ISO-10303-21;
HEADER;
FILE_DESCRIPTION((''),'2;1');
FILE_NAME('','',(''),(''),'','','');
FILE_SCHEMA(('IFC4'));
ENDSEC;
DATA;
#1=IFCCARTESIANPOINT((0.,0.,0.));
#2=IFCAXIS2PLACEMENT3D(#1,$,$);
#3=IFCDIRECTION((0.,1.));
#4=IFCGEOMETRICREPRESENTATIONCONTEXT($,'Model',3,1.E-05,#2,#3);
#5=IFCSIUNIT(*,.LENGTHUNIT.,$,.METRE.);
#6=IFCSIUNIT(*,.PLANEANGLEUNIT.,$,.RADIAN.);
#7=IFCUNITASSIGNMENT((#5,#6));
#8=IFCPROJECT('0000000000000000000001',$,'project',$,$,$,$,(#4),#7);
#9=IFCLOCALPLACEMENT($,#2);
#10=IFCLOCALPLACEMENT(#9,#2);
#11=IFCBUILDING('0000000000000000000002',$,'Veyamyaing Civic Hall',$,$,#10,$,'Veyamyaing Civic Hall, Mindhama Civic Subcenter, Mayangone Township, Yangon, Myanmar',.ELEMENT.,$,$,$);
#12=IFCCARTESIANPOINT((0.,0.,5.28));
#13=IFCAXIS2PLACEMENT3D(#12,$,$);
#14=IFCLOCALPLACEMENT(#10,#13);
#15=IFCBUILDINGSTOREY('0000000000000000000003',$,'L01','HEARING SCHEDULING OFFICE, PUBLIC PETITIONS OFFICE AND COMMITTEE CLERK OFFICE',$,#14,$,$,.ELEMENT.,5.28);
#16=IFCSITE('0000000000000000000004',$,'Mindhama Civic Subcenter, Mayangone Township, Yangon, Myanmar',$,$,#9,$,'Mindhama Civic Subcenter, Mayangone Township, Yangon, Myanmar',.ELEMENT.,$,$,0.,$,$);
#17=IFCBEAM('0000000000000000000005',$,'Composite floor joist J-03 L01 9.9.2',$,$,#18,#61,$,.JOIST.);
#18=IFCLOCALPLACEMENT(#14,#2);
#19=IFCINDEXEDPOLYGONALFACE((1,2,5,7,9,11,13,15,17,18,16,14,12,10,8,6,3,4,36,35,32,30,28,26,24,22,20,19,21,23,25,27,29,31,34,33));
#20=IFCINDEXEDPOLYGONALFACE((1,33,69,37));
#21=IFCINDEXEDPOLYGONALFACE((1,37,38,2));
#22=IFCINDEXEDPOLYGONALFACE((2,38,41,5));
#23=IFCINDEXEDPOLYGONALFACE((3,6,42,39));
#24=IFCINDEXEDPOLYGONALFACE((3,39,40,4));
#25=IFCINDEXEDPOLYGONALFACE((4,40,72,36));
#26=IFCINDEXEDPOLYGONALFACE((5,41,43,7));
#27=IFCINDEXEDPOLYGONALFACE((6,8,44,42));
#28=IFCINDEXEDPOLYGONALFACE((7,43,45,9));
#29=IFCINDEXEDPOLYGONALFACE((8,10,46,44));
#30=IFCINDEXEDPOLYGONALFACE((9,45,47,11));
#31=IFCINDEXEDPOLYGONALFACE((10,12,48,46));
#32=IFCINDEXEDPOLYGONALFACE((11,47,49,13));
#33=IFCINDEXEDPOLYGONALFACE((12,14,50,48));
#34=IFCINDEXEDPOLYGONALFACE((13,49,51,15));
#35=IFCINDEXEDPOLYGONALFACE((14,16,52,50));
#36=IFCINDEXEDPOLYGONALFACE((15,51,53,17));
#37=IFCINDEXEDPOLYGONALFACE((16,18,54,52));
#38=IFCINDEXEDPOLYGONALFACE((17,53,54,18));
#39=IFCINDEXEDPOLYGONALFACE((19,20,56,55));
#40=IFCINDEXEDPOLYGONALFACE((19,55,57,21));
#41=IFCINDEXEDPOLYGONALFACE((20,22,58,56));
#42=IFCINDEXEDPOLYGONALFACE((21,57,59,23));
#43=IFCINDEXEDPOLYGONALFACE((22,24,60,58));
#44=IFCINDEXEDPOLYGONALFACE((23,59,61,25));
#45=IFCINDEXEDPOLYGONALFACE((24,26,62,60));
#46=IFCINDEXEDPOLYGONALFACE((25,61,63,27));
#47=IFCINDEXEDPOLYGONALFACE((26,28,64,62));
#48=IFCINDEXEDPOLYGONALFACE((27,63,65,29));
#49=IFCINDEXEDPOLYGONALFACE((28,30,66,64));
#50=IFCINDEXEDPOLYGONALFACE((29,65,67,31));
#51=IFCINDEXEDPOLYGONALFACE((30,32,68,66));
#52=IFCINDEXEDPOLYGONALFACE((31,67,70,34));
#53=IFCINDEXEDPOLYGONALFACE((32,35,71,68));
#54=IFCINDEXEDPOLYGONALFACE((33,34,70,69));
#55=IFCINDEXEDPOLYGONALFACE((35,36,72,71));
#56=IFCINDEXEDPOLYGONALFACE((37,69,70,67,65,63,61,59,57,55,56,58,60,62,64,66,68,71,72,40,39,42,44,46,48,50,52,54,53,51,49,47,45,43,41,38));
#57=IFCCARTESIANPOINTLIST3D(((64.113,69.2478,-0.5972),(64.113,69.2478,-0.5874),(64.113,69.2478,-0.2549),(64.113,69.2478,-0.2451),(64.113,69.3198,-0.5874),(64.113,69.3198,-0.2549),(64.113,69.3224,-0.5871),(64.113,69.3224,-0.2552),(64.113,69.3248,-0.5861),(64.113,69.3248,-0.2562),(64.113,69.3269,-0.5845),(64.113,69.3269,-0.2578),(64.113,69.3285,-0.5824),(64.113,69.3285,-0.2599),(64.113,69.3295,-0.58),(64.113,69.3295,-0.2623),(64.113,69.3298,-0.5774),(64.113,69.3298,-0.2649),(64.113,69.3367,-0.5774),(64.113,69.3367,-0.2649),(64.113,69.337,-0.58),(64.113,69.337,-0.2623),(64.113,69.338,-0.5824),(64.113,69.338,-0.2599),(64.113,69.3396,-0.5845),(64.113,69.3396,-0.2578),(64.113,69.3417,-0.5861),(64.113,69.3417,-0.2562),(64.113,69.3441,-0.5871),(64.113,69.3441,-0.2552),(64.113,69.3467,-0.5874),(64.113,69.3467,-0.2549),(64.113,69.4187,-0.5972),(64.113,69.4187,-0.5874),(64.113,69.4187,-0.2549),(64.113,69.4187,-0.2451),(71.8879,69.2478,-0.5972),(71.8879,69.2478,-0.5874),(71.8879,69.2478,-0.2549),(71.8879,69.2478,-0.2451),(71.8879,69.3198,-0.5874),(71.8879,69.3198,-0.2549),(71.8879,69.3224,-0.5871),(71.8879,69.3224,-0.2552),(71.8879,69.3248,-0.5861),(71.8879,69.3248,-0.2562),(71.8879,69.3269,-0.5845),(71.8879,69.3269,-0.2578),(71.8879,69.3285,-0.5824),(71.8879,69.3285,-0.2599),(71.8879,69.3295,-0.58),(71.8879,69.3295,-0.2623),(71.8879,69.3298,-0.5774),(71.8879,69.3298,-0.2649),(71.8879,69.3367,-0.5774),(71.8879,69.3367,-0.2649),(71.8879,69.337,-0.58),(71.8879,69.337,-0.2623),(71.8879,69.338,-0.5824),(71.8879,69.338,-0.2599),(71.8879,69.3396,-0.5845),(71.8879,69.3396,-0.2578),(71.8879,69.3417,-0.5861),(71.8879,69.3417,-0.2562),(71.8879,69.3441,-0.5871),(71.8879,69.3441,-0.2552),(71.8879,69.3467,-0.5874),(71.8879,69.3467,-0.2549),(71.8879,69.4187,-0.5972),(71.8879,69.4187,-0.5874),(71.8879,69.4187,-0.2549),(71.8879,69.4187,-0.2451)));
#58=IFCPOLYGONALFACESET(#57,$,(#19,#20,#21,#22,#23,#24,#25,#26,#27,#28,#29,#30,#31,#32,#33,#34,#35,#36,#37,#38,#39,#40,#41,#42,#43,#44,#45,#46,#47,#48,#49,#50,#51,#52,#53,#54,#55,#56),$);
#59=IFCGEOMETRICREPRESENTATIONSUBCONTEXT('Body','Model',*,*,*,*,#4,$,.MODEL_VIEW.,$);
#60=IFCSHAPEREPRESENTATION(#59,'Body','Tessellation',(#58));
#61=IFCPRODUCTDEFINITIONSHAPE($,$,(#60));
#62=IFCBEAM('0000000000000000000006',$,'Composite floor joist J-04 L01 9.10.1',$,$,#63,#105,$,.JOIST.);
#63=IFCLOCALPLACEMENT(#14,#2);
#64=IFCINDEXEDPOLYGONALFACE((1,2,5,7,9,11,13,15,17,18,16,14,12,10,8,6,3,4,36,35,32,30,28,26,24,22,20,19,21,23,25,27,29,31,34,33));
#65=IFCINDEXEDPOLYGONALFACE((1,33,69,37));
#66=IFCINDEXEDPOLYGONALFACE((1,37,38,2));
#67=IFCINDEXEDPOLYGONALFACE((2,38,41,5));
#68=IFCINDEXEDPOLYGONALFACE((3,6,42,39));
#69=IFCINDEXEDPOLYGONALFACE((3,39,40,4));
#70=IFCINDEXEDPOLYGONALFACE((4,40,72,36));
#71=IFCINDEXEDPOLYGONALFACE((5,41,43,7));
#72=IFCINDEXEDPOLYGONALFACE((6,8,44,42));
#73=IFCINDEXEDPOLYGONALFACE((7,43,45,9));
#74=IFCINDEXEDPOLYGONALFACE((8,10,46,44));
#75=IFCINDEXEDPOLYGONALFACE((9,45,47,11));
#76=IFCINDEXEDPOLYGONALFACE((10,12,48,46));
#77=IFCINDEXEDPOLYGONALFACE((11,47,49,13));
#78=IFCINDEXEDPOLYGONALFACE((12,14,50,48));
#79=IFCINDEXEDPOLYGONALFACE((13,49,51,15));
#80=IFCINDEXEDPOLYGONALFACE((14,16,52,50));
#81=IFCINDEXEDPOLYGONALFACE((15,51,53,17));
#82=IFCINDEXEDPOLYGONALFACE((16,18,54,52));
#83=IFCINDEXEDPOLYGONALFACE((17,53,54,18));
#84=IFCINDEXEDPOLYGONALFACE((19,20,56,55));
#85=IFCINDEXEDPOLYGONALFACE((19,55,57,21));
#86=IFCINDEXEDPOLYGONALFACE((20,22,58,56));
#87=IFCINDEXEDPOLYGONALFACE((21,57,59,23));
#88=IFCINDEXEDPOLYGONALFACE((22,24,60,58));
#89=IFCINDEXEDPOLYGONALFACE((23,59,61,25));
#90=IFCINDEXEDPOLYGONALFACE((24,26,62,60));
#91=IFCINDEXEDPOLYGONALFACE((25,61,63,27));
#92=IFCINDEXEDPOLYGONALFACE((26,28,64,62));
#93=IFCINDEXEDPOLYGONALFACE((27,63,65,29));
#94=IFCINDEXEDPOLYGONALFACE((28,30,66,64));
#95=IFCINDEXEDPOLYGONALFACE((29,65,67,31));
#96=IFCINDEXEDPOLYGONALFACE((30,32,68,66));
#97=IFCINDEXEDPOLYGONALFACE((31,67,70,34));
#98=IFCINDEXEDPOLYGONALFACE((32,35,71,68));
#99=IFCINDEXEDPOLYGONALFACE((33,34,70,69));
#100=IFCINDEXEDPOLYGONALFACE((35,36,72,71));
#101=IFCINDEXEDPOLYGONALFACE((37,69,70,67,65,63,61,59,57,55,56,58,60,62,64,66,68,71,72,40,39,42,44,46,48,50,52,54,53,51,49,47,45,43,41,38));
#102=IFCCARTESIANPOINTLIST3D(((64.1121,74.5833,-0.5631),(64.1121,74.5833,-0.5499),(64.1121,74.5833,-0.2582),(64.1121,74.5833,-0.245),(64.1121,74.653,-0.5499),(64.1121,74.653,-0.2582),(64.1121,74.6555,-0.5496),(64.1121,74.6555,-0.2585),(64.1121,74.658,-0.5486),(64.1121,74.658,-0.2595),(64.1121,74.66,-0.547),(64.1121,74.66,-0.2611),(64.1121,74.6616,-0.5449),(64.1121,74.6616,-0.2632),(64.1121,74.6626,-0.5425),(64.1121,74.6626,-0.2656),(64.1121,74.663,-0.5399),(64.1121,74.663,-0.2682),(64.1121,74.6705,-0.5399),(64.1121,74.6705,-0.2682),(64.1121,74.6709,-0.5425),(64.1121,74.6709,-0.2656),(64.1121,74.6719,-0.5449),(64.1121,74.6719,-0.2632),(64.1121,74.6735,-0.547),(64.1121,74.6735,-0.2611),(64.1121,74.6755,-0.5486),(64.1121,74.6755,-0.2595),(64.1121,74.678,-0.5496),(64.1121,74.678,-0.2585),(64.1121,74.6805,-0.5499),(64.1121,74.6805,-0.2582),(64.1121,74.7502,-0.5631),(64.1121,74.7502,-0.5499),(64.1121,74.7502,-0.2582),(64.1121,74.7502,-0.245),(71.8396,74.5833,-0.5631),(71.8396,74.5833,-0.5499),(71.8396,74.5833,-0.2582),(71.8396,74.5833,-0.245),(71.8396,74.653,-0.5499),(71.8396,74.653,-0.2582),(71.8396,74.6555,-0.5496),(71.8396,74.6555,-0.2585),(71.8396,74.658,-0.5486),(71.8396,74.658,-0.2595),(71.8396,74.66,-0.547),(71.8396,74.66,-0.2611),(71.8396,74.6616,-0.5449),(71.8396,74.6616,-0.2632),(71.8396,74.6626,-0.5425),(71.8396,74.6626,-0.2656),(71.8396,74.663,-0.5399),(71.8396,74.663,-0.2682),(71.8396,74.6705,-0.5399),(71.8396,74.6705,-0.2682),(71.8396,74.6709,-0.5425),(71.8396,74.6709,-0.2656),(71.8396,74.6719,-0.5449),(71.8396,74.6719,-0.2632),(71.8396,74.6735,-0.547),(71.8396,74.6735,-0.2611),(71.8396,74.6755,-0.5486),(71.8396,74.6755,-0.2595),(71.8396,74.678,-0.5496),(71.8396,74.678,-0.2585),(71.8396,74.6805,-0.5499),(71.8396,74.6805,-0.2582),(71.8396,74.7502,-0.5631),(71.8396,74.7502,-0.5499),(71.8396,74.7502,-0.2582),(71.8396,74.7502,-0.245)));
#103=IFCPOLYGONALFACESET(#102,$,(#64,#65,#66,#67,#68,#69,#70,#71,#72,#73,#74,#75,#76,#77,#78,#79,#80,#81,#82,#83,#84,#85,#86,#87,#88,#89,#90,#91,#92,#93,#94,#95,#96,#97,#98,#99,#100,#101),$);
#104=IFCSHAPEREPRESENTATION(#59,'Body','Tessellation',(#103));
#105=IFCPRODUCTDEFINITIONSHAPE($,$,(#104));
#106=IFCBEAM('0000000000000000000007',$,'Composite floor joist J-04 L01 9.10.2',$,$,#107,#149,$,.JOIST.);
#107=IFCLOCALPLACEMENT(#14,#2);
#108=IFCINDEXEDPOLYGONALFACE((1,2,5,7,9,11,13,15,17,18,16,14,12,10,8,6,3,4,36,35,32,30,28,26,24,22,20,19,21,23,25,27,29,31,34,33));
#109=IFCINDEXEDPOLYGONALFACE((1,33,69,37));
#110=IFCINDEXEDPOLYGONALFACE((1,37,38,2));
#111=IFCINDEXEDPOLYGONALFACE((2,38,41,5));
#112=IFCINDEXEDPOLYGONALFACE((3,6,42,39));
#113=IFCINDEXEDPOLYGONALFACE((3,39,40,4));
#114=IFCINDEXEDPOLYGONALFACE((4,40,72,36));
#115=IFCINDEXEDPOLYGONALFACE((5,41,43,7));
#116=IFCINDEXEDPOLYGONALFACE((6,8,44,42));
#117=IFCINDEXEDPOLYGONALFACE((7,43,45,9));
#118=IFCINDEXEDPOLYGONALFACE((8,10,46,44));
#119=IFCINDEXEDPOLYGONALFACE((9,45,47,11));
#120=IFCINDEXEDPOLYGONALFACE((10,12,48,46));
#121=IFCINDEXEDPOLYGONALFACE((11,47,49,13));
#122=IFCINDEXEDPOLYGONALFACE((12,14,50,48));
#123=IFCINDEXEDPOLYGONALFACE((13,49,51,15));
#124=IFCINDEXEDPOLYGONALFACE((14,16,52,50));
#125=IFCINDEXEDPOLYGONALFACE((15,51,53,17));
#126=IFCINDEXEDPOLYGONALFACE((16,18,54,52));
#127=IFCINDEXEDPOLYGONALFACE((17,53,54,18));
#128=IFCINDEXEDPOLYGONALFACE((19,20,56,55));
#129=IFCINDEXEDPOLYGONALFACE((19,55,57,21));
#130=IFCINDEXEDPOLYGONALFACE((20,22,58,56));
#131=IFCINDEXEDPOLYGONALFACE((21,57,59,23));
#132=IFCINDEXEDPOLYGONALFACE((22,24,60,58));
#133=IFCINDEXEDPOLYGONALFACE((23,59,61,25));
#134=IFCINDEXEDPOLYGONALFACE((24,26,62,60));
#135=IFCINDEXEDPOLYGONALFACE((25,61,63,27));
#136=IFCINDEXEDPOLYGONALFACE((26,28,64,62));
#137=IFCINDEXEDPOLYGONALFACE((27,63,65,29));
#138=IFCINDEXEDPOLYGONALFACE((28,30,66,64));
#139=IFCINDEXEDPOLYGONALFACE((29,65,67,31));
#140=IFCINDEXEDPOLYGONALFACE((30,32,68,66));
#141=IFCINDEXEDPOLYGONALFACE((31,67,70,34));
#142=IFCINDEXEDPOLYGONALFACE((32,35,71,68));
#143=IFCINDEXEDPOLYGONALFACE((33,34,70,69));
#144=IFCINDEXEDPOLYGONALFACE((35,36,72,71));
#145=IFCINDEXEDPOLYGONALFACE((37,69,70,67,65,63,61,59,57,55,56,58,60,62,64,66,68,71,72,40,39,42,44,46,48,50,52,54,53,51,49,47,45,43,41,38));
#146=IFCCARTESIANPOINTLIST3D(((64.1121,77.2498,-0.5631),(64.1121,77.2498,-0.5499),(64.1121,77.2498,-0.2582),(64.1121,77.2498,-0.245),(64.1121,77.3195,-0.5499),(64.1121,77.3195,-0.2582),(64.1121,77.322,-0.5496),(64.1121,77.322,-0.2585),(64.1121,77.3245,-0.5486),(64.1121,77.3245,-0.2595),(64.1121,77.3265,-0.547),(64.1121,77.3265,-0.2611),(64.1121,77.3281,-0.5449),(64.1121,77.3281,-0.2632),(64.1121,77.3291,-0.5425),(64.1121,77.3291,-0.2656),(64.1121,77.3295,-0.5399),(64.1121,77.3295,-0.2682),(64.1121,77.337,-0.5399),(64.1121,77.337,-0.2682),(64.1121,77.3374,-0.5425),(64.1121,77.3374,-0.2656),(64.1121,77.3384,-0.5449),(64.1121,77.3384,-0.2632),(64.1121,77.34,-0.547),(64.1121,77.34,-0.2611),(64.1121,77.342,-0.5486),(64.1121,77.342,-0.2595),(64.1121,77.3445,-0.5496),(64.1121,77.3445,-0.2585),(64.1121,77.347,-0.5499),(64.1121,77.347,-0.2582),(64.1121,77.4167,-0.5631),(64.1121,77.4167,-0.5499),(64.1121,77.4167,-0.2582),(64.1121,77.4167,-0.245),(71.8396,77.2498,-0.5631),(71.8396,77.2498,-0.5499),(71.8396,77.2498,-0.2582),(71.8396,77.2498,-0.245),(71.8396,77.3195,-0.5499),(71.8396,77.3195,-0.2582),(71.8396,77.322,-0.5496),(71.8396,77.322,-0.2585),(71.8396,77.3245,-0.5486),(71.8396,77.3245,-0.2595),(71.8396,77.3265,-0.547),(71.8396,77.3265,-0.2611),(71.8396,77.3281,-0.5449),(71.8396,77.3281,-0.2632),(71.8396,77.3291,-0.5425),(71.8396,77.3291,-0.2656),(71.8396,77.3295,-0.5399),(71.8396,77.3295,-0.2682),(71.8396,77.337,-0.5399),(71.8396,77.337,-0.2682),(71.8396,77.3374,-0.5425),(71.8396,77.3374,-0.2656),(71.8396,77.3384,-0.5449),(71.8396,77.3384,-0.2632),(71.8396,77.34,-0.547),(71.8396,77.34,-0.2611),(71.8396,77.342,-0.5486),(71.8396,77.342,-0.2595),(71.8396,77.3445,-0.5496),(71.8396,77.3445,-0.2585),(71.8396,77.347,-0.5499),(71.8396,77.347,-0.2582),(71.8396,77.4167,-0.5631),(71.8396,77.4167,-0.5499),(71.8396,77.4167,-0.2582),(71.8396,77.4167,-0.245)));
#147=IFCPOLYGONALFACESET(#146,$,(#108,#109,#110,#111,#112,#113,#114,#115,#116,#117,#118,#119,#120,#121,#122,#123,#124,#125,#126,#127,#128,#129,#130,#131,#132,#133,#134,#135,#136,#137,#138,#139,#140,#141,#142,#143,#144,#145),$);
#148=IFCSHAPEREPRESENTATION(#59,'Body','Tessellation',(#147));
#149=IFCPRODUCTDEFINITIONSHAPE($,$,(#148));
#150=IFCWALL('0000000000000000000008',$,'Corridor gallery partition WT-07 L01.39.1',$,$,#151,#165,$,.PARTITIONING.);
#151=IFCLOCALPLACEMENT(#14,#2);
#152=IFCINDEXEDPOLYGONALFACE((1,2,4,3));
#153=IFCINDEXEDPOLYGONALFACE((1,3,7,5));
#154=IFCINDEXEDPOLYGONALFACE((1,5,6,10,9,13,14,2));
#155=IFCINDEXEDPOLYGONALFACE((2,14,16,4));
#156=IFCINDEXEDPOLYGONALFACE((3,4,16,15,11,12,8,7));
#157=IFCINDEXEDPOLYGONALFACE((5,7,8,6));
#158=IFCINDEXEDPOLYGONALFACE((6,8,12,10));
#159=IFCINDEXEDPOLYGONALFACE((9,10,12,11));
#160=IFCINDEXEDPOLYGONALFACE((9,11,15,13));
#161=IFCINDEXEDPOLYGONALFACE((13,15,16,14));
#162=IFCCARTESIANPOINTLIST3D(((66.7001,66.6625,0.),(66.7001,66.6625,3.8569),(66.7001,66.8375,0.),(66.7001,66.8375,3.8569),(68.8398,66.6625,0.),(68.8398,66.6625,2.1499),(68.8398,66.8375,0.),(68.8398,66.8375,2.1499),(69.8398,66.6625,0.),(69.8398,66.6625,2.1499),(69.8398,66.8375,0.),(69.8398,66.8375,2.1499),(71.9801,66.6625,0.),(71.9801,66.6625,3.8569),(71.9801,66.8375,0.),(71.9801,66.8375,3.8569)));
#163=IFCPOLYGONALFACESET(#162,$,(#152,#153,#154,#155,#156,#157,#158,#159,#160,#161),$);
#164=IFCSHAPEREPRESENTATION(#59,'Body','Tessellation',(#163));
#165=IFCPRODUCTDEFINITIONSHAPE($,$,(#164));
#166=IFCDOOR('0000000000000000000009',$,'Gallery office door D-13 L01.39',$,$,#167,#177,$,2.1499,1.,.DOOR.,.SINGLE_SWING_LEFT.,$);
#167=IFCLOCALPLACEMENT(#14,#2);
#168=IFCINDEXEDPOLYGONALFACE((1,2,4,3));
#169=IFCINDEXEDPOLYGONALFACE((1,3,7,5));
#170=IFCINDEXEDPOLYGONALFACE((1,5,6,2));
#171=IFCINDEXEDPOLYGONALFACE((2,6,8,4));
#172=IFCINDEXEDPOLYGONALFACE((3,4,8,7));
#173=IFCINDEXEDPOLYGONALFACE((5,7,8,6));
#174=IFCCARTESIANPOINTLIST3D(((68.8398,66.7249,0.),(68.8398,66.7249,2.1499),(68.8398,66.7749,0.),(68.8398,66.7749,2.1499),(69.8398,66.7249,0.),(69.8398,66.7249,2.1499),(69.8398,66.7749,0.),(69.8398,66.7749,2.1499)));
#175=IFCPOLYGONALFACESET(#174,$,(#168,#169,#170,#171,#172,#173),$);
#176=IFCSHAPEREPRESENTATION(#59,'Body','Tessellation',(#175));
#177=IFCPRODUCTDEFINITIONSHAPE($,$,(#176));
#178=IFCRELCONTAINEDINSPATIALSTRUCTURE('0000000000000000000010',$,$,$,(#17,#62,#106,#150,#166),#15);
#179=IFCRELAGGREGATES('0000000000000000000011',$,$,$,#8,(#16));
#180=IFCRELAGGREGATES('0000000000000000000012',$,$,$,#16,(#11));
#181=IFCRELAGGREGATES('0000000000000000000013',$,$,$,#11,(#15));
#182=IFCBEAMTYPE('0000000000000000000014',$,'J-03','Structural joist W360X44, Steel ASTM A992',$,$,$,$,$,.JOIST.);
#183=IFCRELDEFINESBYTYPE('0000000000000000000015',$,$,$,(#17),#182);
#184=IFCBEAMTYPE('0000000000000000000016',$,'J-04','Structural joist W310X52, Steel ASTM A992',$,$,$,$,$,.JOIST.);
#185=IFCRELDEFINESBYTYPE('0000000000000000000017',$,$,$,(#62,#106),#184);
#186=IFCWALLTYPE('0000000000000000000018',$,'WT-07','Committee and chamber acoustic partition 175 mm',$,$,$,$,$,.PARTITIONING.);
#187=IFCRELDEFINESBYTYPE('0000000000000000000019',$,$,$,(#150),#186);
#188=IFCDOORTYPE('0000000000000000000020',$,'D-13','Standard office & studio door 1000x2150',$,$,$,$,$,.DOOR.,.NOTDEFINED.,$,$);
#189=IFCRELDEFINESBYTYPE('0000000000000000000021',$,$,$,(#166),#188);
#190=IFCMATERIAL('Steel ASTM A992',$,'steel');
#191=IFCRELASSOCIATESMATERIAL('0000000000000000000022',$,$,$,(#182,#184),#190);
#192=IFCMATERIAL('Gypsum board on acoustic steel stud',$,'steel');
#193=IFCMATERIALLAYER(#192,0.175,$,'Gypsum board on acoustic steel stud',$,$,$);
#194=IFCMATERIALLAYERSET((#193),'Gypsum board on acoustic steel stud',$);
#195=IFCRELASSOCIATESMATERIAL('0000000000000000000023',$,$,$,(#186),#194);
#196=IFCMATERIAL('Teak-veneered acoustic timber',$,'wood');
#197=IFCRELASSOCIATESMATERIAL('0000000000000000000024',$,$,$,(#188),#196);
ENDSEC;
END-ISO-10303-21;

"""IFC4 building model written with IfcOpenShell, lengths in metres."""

from ifc_helpers import new_model, si_unit, direction, frame, frame_2d, origin, origin_2d, place, context, subcontext, project, spatial, rectangle, i_section, extrude, material, layer, layer_set, material_profile, profile_set, type_object, element, fill, save


model = new_model("IFC4")

# Units and contexts
model_context = context("Model", 3, precision=1e-05, world=origin(), true_north=direction((0.0, 1.0)))
body_context = subcontext(model_context, "Body", "Model", "MODEL_VIEW")
ifc_project = project(units=[si_unit("LENGTHUNIT", "METRE"), si_unit("PLANEANGLEUNIT", "RADIAN")], contexts=[model_context])

# Site, building, storey
site_placement = place(None, origin())
site = spatial("IfcSite", under=ifc_project, at=site_placement, Name="Mindhama Civic Subcenter, Mayangone Township, Yangon, Myanmar", LongName="Mindhama Civic Subcenter, Mayangone Township, Yangon, Myanmar", CompositionType="ELEMENT", RefElevation=0.0)
building_placement = place(site_placement, origin())
building = spatial("IfcBuilding", under=site, at=building_placement, Name="Veyamyaing Civic Hall", LongName="Veyamyaing Civic Hall, Mindhama Civic Subcenter, Mayangone Township, Yangon, Myanmar", CompositionType="ELEMENT")
storey_placement = place(building_placement, frame((0.0, 0.0, 5.28)))
storey = spatial("IfcBuildingStorey", under=building, at=storey_placement, Name="L01", Description="HEARING SCHEDULING OFFICE, PUBLIC PETITIONS OFFICE AND COMMITTEE CLERK OFFICE", CompositionType="ELEMENT", Elevation=5.28)

# Beams
ifc_material_1 = material(Name="Steel ASTM A992", Category="steel")
ifc_material_profile_1 = material_profile(ifc_material_1, i_section(OverallWidth=0.1709, OverallDepth=0.3521, WebThickness=0.0068, FlangeThickness=0.0098, FilletRadius=0.01, at=origin_2d()), Name="W360X44")
ifc_profile_set_1 = profile_set([ifc_material_profile_1], Name="Steel ASTM A992")
beam_type_1 = type_object("IfcBeamType", Name="J-03", Description="Structural joist W360X44, Steel ASTM A992", PredefinedType="JOIST", material=ifc_profile_set_1)
beam_1_placement = place(storey_placement, frame((64.113, 69.3333, -0.4211), z_axis=(1.0, 0.0, 0.0), x_axis=(0.0, 1.0, 0.0)))
element("IfcBeam", 1, at=beam_1_placement, inside=storey, type_object=beam_type_1, Name="Composite floor joist J-03 L01 9.9.2", PredefinedType="JOIST", context=body_context, shape_type="SweptSolid", body=[
    extrude(i_section(OverallWidth=0.1709, OverallDepth=0.3521, WebThickness=0.0068, FlangeThickness=0.0098, FilletRadius=0.01, at=origin_2d()), origin(), (0.0, 0.0, 1.0), 7.7749),
])
ifc_material_profile_2 = material_profile(ifc_material_1, i_section(OverallWidth=0.167, OverallDepth=0.3181, WebThickness=0.0076, FlangeThickness=0.0132, FilletRadius=0.01, at=origin_2d()), Name="W310X52")
ifc_profile_set_2 = profile_set([ifc_material_profile_2], Name="Steel ASTM A992")
beam_type_2 = type_object("IfcBeamType", Name="J-04", Description="Structural joist W310X52, Steel ASTM A992", PredefinedType="JOIST", material=ifc_profile_set_2)
for number, where, z_axis, x_axis, name in (
    (2, (64.1121, 74.6667, -0.4041), (1.0, 0.0, 0.0), (0.0, 1.0, 0.0), "Composite floor joist J-04 L01 9.10.1"),
    (3, (64.1121, 77.3333, -0.4041), (1.0, 0.0, 0.0), (0.0, 1.0, 0.0), "Composite floor joist J-04 L01 9.10.2"),
):
    element("IfcBeam", number, at=place(storey_placement, frame(where, z_axis=z_axis, x_axis=x_axis)), inside=storey, type_object=beam_type_2, Name=name, PredefinedType="JOIST", context=body_context, shape_type="SweptSolid", body=[
        extrude(i_section(OverallWidth=0.167, OverallDepth=0.3181, WebThickness=0.0076, FlangeThickness=0.0132, FilletRadius=0.01, at=origin_2d()), origin(), (0.0, 0.0, 1.0), 7.7275),
    ])

# Wall, opening, door
ifc_material_2 = material(Name="Gypsum board on acoustic steel stud", Category="steel")
ifc_layer_1 = layer(ifc_material_2, 0.175, Name="Gypsum board on acoustic steel stud")
ifc_layer_set_1 = layer_set([ifc_layer_1], Name="Gypsum board on acoustic steel stud")
wall_type_1 = type_object("IfcWallType", Name="WT-07", Description="Committee and chamber acoustic partition 175 mm", PredefinedType="PARTITIONING", material=ifc_layer_set_1)
wall_1_placement = place(storey_placement, frame((66.7, 66.75, 0.0), z_axis=(0.0, 0.0, 1.0), x_axis=(1.0, 0.0, 0.0)))
wall_1 = element("IfcWall", 4, at=wall_1_placement, inside=storey, type_object=wall_type_1, Name="Corridor gallery partition WT-07 L01.39.1", PredefinedType="PARTITIONING", context=body_context, shape_type="SweptSolid", body=[
    extrude(rectangle(XDim=5.28, YDim=0.175, at=frame_2d((2.6401, 0.0))), origin(), (0.0, 0.0, 1.0), 3.8569),
])
opening_1_placement = place(wall_1_placement, frame((2.1399, 0.0, 0.0)))
opening_1 = element("IfcOpeningElement", 5, at=opening_1_placement, cuts=wall_1, PredefinedType="OPENING", context=body_context, shape_type="SweptSolid", body=[
    extrude(rectangle(XDim=1.0, YDim=2.1499, at=frame_2d((0.5, 1.075))), frame((0.0, 0.0974, 0.0), z_axis=(0.0, -1.0, 0.0), x_axis=(1.0, 0.0, 0.0)), (0.0, 0.0, 1.0), 0.1951),
])
ifc_material_3 = material(Name="Teak-veneered acoustic timber", Category="wood")
door_type_1 = type_object("IfcDoorType", Name="D-13", Description="Standard office & studio door 1000x2150", OperationType="NOTDEFINED", PredefinedType="DOOR", material=ifc_material_3)
door_1_placement = place(opening_1_placement, origin())
door_1 = element("IfcDoor", 6, at=door_1_placement, inside=storey, type_object=door_type_1, Name="Gallery office door D-13 L01.39", OperationType="SINGLE_SWING_LEFT", OverallHeight=2.1499, OverallWidth=1.0, PredefinedType="DOOR", context=body_context, shape_type="SweptSolid", body=[
    extrude(rectangle(XDim=1.0, YDim=2.1499, at=frame_2d((0.5, 1.075))), frame((0.0, 0.0249, 0.0), z_axis=(0.0, -1.0, 0.0), x_axis=(1.0, 0.0, 0.0)), (0.0, 0.0, 1.0), 0.05),
])
fill(opening_1, door_1)

save(model, "model.ifc")
